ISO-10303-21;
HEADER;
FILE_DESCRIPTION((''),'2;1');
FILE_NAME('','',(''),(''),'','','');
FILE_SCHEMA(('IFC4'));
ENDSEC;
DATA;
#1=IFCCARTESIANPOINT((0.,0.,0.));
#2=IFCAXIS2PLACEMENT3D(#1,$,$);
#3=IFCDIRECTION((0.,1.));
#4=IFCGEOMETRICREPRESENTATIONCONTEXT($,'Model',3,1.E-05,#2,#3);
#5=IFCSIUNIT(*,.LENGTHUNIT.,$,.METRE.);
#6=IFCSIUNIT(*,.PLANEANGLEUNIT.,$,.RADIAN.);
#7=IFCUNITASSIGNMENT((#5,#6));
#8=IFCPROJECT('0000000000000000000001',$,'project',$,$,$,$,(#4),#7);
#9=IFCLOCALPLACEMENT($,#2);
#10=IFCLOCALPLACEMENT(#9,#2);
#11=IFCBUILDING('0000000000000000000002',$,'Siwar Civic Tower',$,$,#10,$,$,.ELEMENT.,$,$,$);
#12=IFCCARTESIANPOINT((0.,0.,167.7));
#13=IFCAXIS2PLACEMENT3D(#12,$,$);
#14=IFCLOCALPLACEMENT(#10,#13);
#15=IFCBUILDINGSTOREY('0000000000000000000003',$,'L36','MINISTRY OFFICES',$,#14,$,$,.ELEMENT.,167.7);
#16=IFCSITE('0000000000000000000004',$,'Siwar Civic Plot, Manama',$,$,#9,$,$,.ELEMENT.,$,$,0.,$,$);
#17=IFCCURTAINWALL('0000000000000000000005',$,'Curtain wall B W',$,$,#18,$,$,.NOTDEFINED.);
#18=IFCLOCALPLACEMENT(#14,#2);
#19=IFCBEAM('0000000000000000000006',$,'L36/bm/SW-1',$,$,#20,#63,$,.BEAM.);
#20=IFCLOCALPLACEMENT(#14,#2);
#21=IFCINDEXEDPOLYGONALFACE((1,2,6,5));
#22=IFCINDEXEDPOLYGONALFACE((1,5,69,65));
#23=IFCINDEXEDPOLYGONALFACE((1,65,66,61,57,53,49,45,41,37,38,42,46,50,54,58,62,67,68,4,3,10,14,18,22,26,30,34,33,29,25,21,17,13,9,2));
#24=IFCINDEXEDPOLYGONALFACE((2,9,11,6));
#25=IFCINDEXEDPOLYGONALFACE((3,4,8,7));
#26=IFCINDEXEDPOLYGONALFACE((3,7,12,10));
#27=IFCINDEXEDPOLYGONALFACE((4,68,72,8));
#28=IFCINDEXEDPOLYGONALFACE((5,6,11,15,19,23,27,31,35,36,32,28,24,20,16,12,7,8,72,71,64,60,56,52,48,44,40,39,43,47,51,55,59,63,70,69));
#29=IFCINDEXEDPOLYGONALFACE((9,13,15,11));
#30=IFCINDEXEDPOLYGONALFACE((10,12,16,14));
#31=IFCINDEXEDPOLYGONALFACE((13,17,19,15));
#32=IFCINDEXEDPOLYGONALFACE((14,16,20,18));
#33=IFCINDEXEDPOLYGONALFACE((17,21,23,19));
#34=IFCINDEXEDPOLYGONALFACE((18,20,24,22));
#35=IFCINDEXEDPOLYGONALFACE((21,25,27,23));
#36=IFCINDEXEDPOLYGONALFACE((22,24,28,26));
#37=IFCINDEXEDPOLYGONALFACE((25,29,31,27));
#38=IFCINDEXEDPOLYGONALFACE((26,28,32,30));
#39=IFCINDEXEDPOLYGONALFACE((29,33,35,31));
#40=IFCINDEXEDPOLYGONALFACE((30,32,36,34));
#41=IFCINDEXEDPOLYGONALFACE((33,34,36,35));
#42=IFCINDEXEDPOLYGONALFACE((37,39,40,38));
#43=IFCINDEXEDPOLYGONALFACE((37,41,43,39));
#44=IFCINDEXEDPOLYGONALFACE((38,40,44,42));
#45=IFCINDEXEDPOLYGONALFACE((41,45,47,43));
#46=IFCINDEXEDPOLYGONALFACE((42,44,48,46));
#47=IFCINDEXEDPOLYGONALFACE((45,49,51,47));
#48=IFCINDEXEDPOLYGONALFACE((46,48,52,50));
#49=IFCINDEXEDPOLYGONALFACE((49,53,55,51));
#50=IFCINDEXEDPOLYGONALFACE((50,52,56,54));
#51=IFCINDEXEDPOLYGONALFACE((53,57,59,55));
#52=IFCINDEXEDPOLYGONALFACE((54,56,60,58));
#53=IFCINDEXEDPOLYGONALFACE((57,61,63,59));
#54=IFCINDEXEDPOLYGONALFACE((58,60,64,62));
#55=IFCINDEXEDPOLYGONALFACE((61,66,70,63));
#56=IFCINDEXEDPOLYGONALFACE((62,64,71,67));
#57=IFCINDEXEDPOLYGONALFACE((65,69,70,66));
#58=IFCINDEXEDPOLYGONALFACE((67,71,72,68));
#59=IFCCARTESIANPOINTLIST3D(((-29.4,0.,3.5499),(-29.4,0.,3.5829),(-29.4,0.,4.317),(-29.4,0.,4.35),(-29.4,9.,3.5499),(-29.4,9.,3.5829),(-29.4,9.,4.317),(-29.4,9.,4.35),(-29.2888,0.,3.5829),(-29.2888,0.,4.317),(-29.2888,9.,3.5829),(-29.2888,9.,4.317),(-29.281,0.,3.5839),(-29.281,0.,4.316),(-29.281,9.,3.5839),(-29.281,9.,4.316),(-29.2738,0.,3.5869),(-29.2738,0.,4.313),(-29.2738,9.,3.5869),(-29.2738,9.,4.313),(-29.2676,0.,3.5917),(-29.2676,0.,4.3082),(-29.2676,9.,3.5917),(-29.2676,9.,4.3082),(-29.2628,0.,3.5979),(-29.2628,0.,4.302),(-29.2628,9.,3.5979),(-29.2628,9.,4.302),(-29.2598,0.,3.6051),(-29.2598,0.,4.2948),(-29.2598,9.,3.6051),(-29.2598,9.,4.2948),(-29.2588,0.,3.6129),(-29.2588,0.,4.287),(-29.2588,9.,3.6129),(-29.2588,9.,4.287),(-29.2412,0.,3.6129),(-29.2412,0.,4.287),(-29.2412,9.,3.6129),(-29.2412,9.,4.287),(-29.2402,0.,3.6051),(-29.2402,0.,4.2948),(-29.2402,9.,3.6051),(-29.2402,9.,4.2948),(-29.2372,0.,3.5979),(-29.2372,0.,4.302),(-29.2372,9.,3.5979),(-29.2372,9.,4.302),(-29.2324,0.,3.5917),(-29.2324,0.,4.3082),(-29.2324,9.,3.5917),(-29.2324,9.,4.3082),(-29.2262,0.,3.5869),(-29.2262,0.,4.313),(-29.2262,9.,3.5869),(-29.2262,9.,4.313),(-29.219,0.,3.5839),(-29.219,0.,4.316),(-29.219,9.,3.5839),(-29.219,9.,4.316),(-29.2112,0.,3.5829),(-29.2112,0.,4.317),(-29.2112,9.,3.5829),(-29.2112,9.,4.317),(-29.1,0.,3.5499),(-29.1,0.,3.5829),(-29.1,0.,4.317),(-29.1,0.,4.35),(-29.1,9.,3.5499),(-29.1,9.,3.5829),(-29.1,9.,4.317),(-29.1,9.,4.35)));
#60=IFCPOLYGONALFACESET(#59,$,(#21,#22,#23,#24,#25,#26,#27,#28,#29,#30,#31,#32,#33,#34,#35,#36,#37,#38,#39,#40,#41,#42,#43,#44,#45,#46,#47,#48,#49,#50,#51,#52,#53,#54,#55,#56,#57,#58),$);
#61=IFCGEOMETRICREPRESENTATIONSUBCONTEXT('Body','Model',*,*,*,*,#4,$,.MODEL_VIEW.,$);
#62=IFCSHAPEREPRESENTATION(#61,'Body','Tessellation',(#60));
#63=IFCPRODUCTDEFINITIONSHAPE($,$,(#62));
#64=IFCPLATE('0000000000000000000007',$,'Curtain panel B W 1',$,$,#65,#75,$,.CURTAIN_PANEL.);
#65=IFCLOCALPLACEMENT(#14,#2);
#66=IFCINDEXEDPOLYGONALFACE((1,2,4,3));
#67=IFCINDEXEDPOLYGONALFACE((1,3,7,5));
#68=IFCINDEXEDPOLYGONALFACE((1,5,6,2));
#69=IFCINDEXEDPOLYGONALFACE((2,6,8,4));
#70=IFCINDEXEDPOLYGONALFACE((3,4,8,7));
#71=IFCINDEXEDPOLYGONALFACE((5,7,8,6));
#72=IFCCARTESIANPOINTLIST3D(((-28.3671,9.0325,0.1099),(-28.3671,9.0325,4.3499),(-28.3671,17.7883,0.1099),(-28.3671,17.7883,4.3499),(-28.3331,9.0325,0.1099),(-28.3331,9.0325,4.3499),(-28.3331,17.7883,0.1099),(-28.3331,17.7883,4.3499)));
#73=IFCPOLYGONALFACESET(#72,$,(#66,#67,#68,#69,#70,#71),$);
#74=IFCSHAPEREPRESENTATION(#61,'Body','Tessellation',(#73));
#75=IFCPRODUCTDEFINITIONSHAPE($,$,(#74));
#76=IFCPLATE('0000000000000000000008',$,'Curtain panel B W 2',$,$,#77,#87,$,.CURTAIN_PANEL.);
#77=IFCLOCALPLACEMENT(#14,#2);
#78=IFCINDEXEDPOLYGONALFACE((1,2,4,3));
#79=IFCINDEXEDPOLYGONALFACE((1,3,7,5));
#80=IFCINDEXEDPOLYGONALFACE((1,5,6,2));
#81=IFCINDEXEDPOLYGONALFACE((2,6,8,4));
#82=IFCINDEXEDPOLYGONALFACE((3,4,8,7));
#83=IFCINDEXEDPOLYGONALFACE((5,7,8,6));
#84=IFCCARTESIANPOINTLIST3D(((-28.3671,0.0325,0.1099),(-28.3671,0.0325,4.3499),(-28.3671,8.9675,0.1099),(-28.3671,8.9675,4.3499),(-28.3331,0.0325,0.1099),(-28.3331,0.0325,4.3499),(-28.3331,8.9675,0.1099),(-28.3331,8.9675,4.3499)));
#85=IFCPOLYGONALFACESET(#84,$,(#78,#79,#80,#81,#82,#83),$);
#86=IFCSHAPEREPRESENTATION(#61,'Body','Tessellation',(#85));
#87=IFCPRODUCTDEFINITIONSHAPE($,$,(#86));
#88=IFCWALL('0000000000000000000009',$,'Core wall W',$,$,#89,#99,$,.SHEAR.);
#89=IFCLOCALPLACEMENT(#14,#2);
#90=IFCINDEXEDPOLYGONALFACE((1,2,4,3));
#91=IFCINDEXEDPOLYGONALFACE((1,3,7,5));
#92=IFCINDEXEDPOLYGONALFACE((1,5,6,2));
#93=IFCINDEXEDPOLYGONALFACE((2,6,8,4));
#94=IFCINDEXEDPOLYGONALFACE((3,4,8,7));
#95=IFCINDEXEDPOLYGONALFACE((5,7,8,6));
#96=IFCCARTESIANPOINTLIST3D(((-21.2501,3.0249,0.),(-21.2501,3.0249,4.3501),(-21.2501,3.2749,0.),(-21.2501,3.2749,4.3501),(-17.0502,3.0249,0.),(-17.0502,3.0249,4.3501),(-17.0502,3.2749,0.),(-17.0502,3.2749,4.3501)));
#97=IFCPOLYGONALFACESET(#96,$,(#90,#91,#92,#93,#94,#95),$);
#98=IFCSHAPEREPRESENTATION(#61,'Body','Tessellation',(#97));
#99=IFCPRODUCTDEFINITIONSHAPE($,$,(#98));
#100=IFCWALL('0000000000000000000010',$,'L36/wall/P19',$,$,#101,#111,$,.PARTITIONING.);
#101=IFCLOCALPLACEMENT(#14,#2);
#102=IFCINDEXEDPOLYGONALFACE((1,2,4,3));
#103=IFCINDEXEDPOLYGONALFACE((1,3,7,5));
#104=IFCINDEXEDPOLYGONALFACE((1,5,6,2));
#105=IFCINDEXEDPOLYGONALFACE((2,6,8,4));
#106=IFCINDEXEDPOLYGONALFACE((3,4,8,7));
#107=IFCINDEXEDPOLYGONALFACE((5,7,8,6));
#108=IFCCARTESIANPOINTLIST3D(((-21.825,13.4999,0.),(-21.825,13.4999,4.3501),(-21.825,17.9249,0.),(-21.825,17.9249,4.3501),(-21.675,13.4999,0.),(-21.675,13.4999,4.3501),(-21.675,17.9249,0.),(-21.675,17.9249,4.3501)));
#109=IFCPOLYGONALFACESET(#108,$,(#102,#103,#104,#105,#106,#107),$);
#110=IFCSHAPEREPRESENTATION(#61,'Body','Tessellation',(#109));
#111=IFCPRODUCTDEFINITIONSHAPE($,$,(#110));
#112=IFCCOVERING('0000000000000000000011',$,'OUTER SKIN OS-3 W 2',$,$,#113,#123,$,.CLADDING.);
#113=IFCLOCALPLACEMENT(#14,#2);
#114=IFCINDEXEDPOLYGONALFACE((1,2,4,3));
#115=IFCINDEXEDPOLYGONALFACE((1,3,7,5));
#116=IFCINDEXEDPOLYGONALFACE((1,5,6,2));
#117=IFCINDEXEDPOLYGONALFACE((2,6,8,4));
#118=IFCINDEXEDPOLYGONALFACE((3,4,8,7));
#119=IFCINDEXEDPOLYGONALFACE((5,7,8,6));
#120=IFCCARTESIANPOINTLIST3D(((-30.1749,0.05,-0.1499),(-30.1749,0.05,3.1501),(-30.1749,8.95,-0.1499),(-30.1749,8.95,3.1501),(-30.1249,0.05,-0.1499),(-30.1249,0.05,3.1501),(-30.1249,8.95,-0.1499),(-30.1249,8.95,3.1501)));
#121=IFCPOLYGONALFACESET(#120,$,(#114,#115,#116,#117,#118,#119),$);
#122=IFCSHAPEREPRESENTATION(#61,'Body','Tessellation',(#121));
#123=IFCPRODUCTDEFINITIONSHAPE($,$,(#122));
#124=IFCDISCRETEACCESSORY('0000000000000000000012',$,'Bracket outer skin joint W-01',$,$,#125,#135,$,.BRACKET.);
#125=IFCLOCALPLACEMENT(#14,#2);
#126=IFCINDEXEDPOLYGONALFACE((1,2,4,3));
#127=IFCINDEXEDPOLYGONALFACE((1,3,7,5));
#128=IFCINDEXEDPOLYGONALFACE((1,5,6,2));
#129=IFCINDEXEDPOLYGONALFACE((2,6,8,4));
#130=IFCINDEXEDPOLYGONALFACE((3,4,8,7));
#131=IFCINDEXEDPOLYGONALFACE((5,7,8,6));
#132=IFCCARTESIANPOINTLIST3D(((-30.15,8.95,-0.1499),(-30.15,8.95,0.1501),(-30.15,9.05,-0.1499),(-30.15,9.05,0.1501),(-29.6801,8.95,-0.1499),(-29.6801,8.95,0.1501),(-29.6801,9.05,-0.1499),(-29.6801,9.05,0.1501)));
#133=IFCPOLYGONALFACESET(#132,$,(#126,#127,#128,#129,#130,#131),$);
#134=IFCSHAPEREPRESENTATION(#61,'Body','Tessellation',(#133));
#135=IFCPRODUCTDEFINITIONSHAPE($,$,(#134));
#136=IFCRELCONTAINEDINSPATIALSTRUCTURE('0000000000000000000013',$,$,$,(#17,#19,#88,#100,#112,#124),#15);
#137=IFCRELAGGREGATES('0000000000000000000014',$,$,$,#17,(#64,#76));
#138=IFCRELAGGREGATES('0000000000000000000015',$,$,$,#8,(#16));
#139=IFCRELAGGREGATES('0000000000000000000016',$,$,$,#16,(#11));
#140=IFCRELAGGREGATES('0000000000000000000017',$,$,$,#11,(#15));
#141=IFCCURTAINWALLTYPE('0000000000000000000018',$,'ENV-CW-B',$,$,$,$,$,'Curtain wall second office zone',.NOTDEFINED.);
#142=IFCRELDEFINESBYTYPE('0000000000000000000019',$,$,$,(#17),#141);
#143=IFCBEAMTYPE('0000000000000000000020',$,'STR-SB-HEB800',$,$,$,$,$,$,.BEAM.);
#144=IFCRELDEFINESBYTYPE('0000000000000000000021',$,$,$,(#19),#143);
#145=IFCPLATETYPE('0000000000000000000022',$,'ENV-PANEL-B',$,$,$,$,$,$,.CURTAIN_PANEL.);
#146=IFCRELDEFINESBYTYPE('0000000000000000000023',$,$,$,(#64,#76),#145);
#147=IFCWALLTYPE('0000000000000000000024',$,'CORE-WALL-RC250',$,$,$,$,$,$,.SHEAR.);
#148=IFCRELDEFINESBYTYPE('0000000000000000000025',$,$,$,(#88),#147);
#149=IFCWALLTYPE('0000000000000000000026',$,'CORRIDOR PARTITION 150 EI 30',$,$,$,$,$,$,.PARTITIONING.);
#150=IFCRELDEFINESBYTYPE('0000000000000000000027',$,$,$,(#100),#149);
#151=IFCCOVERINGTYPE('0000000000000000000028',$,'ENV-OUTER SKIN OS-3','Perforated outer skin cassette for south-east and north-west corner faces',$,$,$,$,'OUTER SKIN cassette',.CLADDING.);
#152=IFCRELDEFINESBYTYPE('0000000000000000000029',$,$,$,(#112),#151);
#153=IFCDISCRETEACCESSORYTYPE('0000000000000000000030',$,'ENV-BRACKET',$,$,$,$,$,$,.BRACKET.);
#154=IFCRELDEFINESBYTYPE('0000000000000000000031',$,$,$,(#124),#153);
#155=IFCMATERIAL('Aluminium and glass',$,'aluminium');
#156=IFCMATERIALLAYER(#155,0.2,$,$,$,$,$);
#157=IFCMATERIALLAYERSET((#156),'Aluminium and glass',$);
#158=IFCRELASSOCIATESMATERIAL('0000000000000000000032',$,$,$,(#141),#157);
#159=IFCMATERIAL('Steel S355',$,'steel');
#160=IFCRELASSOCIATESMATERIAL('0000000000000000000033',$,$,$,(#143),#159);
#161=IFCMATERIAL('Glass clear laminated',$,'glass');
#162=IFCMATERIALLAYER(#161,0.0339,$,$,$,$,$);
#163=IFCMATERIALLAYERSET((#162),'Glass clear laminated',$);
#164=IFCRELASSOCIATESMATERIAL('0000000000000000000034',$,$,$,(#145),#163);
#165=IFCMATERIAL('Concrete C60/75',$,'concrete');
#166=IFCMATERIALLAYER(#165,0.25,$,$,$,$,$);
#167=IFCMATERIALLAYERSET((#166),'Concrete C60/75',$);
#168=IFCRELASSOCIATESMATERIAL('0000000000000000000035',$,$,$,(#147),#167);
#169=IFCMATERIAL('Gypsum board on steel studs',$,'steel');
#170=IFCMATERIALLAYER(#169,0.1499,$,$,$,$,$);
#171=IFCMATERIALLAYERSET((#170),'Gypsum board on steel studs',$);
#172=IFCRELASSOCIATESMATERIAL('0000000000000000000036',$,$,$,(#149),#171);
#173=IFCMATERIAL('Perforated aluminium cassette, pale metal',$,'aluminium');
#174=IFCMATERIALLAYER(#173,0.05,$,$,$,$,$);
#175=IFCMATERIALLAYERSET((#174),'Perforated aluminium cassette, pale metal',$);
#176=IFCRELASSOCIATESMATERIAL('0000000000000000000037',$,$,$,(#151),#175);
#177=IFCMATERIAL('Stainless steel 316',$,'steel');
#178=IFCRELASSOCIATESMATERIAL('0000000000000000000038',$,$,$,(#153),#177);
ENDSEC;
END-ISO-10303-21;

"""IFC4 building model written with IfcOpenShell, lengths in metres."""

from ifc_helpers import new_model, si_unit, direction, frame, frame_2d, origin, origin_2d, place, context, subcontext, project, spatial, rectangle, i_section, extrude, material, layer, layer_set, material_profile, profile_set, type_object, element, aggregate, save


model = new_model("IFC4")

# Units and contexts
model_context = context("Model", 3, precision=1e-05, world=origin(), true_north=direction((0.0, 1.0)))
body_context = subcontext(model_context, "Body", "Model", "MODEL_VIEW")
ifc_project = project(units=[si_unit("LENGTHUNIT", "METRE"), si_unit("PLANEANGLEUNIT", "RADIAN")], contexts=[model_context])

# Site, building, storey
site_placement = place(None, origin())
site = spatial("IfcSite", under=ifc_project, at=site_placement, Name="Siwar Civic Plot, Manama", CompositionType="ELEMENT", RefElevation=0.0)
building_placement = place(site_placement, origin())
building = spatial("IfcBuilding", under=site, at=building_placement, Name="Siwar Civic Tower", CompositionType="ELEMENT")
storey_placement = place(building_placement, frame((0.0, 0.0, 167.7)))
storey = spatial("IfcBuildingStorey", under=building, at=storey_placement, Name="L36", Description="MINISTRY OFFICES", CompositionType="ELEMENT", Elevation=167.7)

# Curtain wall
ifc_material_1 = material(Name="Aluminium and glass", Category="aluminium")
ifc_layer_1 = layer(ifc_material_1, 0.2)
ifc_layer_set_1 = layer_set([ifc_layer_1], Name="Aluminium and glass")
curtain_wall_type = type_object("IfcCurtainWallType", Name="ENV-CW-B", ElementType="Curtain wall second office zone", PredefinedType="NOTDEFINED", material=ifc_layer_set_1)
curtain_wall_placement = place(storey_placement, origin())
curtain_wall = element("IfcCurtainWall", 1, at=curtain_wall_placement, inside=storey, type_object=curtain_wall_type, Name="Curtain wall B W", PredefinedType="NOTDEFINED")

# Beam
ifc_material_2 = material(Name="Steel S355", Category="steel")
ifc_material_profile_1 = material_profile(ifc_material_2, i_section(OverallWidth=0.3, OverallDepth=0.8, WebThickness=0.0176, FlangeThickness=0.033, FilletRadius=0.03, at=origin_2d()), Name="HEB800")
ifc_profile_set_1 = profile_set([ifc_material_profile_1], Name="Steel S355")
beam_type_1 = type_object("IfcBeamType", Name="STR-SB-HEB800", PredefinedType="BEAM", material=ifc_profile_set_1)
beam_1_placement = place(storey_placement, frame((-29.25, 9.0, 3.95), z_axis=(0.0, -1.0, 0.0), x_axis=(1.0, 0.0, 0.0)))
element("IfcBeam", 2, at=beam_1_placement, inside=storey, type_object=beam_type_1, Name="L36/bm/SW-1", PredefinedType="BEAM", context=body_context, shape_type="SweptSolid", body=[
    extrude(i_section(OverallWidth=0.3, OverallDepth=0.8, WebThickness=0.0176, FlangeThickness=0.033, FilletRadius=0.03, at=origin_2d()), origin(), (0.0, 0.0, 1.0), 9.0),
])

# Plates
ifc_material_3 = material(Name="Glass clear laminated", Category="glass")
ifc_layer_2 = layer(ifc_material_3, 0.0339)
ifc_layer_set_2 = layer_set([ifc_layer_2], Name="Glass clear laminated")
plate_type = type_object("IfcPlateType", Name="ENV-PANEL-B", PredefinedType="CURTAIN_PANEL", material=ifc_layer_set_2)
plate_1_placement = place(storey_placement, frame((-28.3501, 13.4104, 0.1099), z_axis=(0.0, 0.0, 1.0), x_axis=(0.0, -1.0, 0.0)))
plate_1 = element("IfcPlate", 3, at=plate_1_placement, type_object=plate_type, Name="Curtain panel B W 1", PredefinedType="CURTAIN_PANEL", context=body_context, shape_type="SweptSolid", body=[
    extrude(rectangle(XDim=8.7559, YDim=0.0339, at=origin_2d()), origin(), (0.0, 0.0, 1.0), 4.24),
])
plate_2_placement = place(storey_placement, frame((-28.3501, 4.5, 0.1099), z_axis=(0.0, 0.0, 1.0), x_axis=(0.0, -1.0, 0.0)))
plate_2 = element("IfcPlate", 4, at=plate_2_placement, type_object=plate_type, Name="Curtain panel B W 2", PredefinedType="CURTAIN_PANEL", context=body_context, shape_type="SweptSolid", body=[
    extrude(rectangle(XDim=8.9351, YDim=0.0339, at=origin_2d()), origin(), (0.0, 0.0, 1.0), 4.24),
])
aggregate(curtain_wall, [plate_1, plate_2])

# Walls
ifc_material_4 = material(Name="Concrete C60/75", Category="concrete")
ifc_layer_3 = layer(ifc_material_4, 0.25)
ifc_layer_set_3 = layer_set([ifc_layer_3], Name="Concrete C60/75")
wall_type_1 = type_object("IfcWallType", Name="CORE-WALL-RC250", PredefinedType="SHEAR", material=ifc_layer_set_3)
wall_1_placement = place(storey_placement, frame((-17.05, 3.1499, 0.0), z_axis=(0.0, 0.0, 1.0), x_axis=(-1.0, 0.0, 0.0)))
element("IfcWall", 5, at=wall_1_placement, inside=storey, type_object=wall_type_1, Name="Core wall W", PredefinedType="SHEAR", context=body_context, shape_type="SweptSolid", body=[
    extrude(rectangle(XDim=4.2, YDim=0.25, at=frame_2d((2.1001, 0.0))), origin(), (0.0, 0.0, 1.0), 4.3501),
])
ifc_material_5 = material(Name="Gypsum board on steel studs", Category="steel")
ifc_layer_4 = layer(ifc_material_5, 0.1499)
ifc_layer_set_4 = layer_set([ifc_layer_4], Name="Gypsum board on steel studs")
wall_type_2 = type_object("IfcWallType", Name="CORRIDOR PARTITION 150 EI 30", PredefinedType="PARTITIONING", material=ifc_layer_set_4)
wall_2_placement = place(storey_placement, frame((-21.75, 13.5, 0.0), z_axis=(0.0, 0.0, 1.0), x_axis=(0.0, 1.0, 0.0)))
element("IfcWall", 6, at=wall_2_placement, inside=storey, type_object=wall_type_2, Name="L36/wall/P19", PredefinedType="PARTITIONING", context=body_context, shape_type="SweptSolid", body=[
    extrude(rectangle(XDim=4.425, YDim=0.1499, at=frame_2d((2.2124, 0.0))), origin(), (0.0, 0.0, 1.0), 4.3501),
])

# Covering
ifc_material_6 = material(Name="Perforated aluminium cassette, pale metal", Category="aluminium")
ifc_layer_5 = layer(ifc_material_6, 0.05)
ifc_layer_set_5 = layer_set([ifc_layer_5], Name="Perforated aluminium cassette, pale metal")
covering_type = type_object("IfcCoveringType", Name="ENV-OUTER SKIN OS-3", Description="Perforated outer skin cassette for south-east and north-west corner faces", ElementType="OUTER SKIN cassette", PredefinedType="CLADDING", material=ifc_layer_set_5)
covering_placement = place(storey_placement, frame((-30.1499, 4.5, -0.1499), z_axis=(0.0, 0.0, 1.0), x_axis=(0.0, -1.0, 0.0)))
element("IfcCovering", 7, at=covering_placement, inside=storey, type_object=covering_type, Name="OUTER SKIN OS-3 W 2", PredefinedType="CLADDING", context=body_context, shape_type="SweptSolid", body=[
    extrude(rectangle(XDim=8.8999, YDim=0.05, at=origin_2d()), origin(), (0.0, 0.0, 1.0), 3.3),
])

# Discrete accessory
ifc_material_7 = material(Name="Stainless steel 316", Category="steel")
discrete_accessory_type = type_object("IfcDiscreteAccessoryType", Name="ENV-BRACKET", PredefinedType="BRACKET", material=ifc_material_7)
discrete_accessory_placement = place(storey_placement, frame((-29.915, 9.0, -0.1499), z_axis=(0.0, 0.0, 1.0), x_axis=(-1.0, 0.0, 0.0)))
element("IfcDiscreteAccessory", 8, at=discrete_accessory_placement, inside=storey, type_object=discrete_accessory_type, Name="Bracket outer skin joint W-01", PredefinedType="BRACKET", context=body_context, shape_type="SweptSolid", body=[
    extrude(rectangle(XDim=0.47, YDim=0.1001, at=origin_2d()), origin(), (0.0, 0.0, 1.0), 0.3),
])

save(model, "model.ifc")
